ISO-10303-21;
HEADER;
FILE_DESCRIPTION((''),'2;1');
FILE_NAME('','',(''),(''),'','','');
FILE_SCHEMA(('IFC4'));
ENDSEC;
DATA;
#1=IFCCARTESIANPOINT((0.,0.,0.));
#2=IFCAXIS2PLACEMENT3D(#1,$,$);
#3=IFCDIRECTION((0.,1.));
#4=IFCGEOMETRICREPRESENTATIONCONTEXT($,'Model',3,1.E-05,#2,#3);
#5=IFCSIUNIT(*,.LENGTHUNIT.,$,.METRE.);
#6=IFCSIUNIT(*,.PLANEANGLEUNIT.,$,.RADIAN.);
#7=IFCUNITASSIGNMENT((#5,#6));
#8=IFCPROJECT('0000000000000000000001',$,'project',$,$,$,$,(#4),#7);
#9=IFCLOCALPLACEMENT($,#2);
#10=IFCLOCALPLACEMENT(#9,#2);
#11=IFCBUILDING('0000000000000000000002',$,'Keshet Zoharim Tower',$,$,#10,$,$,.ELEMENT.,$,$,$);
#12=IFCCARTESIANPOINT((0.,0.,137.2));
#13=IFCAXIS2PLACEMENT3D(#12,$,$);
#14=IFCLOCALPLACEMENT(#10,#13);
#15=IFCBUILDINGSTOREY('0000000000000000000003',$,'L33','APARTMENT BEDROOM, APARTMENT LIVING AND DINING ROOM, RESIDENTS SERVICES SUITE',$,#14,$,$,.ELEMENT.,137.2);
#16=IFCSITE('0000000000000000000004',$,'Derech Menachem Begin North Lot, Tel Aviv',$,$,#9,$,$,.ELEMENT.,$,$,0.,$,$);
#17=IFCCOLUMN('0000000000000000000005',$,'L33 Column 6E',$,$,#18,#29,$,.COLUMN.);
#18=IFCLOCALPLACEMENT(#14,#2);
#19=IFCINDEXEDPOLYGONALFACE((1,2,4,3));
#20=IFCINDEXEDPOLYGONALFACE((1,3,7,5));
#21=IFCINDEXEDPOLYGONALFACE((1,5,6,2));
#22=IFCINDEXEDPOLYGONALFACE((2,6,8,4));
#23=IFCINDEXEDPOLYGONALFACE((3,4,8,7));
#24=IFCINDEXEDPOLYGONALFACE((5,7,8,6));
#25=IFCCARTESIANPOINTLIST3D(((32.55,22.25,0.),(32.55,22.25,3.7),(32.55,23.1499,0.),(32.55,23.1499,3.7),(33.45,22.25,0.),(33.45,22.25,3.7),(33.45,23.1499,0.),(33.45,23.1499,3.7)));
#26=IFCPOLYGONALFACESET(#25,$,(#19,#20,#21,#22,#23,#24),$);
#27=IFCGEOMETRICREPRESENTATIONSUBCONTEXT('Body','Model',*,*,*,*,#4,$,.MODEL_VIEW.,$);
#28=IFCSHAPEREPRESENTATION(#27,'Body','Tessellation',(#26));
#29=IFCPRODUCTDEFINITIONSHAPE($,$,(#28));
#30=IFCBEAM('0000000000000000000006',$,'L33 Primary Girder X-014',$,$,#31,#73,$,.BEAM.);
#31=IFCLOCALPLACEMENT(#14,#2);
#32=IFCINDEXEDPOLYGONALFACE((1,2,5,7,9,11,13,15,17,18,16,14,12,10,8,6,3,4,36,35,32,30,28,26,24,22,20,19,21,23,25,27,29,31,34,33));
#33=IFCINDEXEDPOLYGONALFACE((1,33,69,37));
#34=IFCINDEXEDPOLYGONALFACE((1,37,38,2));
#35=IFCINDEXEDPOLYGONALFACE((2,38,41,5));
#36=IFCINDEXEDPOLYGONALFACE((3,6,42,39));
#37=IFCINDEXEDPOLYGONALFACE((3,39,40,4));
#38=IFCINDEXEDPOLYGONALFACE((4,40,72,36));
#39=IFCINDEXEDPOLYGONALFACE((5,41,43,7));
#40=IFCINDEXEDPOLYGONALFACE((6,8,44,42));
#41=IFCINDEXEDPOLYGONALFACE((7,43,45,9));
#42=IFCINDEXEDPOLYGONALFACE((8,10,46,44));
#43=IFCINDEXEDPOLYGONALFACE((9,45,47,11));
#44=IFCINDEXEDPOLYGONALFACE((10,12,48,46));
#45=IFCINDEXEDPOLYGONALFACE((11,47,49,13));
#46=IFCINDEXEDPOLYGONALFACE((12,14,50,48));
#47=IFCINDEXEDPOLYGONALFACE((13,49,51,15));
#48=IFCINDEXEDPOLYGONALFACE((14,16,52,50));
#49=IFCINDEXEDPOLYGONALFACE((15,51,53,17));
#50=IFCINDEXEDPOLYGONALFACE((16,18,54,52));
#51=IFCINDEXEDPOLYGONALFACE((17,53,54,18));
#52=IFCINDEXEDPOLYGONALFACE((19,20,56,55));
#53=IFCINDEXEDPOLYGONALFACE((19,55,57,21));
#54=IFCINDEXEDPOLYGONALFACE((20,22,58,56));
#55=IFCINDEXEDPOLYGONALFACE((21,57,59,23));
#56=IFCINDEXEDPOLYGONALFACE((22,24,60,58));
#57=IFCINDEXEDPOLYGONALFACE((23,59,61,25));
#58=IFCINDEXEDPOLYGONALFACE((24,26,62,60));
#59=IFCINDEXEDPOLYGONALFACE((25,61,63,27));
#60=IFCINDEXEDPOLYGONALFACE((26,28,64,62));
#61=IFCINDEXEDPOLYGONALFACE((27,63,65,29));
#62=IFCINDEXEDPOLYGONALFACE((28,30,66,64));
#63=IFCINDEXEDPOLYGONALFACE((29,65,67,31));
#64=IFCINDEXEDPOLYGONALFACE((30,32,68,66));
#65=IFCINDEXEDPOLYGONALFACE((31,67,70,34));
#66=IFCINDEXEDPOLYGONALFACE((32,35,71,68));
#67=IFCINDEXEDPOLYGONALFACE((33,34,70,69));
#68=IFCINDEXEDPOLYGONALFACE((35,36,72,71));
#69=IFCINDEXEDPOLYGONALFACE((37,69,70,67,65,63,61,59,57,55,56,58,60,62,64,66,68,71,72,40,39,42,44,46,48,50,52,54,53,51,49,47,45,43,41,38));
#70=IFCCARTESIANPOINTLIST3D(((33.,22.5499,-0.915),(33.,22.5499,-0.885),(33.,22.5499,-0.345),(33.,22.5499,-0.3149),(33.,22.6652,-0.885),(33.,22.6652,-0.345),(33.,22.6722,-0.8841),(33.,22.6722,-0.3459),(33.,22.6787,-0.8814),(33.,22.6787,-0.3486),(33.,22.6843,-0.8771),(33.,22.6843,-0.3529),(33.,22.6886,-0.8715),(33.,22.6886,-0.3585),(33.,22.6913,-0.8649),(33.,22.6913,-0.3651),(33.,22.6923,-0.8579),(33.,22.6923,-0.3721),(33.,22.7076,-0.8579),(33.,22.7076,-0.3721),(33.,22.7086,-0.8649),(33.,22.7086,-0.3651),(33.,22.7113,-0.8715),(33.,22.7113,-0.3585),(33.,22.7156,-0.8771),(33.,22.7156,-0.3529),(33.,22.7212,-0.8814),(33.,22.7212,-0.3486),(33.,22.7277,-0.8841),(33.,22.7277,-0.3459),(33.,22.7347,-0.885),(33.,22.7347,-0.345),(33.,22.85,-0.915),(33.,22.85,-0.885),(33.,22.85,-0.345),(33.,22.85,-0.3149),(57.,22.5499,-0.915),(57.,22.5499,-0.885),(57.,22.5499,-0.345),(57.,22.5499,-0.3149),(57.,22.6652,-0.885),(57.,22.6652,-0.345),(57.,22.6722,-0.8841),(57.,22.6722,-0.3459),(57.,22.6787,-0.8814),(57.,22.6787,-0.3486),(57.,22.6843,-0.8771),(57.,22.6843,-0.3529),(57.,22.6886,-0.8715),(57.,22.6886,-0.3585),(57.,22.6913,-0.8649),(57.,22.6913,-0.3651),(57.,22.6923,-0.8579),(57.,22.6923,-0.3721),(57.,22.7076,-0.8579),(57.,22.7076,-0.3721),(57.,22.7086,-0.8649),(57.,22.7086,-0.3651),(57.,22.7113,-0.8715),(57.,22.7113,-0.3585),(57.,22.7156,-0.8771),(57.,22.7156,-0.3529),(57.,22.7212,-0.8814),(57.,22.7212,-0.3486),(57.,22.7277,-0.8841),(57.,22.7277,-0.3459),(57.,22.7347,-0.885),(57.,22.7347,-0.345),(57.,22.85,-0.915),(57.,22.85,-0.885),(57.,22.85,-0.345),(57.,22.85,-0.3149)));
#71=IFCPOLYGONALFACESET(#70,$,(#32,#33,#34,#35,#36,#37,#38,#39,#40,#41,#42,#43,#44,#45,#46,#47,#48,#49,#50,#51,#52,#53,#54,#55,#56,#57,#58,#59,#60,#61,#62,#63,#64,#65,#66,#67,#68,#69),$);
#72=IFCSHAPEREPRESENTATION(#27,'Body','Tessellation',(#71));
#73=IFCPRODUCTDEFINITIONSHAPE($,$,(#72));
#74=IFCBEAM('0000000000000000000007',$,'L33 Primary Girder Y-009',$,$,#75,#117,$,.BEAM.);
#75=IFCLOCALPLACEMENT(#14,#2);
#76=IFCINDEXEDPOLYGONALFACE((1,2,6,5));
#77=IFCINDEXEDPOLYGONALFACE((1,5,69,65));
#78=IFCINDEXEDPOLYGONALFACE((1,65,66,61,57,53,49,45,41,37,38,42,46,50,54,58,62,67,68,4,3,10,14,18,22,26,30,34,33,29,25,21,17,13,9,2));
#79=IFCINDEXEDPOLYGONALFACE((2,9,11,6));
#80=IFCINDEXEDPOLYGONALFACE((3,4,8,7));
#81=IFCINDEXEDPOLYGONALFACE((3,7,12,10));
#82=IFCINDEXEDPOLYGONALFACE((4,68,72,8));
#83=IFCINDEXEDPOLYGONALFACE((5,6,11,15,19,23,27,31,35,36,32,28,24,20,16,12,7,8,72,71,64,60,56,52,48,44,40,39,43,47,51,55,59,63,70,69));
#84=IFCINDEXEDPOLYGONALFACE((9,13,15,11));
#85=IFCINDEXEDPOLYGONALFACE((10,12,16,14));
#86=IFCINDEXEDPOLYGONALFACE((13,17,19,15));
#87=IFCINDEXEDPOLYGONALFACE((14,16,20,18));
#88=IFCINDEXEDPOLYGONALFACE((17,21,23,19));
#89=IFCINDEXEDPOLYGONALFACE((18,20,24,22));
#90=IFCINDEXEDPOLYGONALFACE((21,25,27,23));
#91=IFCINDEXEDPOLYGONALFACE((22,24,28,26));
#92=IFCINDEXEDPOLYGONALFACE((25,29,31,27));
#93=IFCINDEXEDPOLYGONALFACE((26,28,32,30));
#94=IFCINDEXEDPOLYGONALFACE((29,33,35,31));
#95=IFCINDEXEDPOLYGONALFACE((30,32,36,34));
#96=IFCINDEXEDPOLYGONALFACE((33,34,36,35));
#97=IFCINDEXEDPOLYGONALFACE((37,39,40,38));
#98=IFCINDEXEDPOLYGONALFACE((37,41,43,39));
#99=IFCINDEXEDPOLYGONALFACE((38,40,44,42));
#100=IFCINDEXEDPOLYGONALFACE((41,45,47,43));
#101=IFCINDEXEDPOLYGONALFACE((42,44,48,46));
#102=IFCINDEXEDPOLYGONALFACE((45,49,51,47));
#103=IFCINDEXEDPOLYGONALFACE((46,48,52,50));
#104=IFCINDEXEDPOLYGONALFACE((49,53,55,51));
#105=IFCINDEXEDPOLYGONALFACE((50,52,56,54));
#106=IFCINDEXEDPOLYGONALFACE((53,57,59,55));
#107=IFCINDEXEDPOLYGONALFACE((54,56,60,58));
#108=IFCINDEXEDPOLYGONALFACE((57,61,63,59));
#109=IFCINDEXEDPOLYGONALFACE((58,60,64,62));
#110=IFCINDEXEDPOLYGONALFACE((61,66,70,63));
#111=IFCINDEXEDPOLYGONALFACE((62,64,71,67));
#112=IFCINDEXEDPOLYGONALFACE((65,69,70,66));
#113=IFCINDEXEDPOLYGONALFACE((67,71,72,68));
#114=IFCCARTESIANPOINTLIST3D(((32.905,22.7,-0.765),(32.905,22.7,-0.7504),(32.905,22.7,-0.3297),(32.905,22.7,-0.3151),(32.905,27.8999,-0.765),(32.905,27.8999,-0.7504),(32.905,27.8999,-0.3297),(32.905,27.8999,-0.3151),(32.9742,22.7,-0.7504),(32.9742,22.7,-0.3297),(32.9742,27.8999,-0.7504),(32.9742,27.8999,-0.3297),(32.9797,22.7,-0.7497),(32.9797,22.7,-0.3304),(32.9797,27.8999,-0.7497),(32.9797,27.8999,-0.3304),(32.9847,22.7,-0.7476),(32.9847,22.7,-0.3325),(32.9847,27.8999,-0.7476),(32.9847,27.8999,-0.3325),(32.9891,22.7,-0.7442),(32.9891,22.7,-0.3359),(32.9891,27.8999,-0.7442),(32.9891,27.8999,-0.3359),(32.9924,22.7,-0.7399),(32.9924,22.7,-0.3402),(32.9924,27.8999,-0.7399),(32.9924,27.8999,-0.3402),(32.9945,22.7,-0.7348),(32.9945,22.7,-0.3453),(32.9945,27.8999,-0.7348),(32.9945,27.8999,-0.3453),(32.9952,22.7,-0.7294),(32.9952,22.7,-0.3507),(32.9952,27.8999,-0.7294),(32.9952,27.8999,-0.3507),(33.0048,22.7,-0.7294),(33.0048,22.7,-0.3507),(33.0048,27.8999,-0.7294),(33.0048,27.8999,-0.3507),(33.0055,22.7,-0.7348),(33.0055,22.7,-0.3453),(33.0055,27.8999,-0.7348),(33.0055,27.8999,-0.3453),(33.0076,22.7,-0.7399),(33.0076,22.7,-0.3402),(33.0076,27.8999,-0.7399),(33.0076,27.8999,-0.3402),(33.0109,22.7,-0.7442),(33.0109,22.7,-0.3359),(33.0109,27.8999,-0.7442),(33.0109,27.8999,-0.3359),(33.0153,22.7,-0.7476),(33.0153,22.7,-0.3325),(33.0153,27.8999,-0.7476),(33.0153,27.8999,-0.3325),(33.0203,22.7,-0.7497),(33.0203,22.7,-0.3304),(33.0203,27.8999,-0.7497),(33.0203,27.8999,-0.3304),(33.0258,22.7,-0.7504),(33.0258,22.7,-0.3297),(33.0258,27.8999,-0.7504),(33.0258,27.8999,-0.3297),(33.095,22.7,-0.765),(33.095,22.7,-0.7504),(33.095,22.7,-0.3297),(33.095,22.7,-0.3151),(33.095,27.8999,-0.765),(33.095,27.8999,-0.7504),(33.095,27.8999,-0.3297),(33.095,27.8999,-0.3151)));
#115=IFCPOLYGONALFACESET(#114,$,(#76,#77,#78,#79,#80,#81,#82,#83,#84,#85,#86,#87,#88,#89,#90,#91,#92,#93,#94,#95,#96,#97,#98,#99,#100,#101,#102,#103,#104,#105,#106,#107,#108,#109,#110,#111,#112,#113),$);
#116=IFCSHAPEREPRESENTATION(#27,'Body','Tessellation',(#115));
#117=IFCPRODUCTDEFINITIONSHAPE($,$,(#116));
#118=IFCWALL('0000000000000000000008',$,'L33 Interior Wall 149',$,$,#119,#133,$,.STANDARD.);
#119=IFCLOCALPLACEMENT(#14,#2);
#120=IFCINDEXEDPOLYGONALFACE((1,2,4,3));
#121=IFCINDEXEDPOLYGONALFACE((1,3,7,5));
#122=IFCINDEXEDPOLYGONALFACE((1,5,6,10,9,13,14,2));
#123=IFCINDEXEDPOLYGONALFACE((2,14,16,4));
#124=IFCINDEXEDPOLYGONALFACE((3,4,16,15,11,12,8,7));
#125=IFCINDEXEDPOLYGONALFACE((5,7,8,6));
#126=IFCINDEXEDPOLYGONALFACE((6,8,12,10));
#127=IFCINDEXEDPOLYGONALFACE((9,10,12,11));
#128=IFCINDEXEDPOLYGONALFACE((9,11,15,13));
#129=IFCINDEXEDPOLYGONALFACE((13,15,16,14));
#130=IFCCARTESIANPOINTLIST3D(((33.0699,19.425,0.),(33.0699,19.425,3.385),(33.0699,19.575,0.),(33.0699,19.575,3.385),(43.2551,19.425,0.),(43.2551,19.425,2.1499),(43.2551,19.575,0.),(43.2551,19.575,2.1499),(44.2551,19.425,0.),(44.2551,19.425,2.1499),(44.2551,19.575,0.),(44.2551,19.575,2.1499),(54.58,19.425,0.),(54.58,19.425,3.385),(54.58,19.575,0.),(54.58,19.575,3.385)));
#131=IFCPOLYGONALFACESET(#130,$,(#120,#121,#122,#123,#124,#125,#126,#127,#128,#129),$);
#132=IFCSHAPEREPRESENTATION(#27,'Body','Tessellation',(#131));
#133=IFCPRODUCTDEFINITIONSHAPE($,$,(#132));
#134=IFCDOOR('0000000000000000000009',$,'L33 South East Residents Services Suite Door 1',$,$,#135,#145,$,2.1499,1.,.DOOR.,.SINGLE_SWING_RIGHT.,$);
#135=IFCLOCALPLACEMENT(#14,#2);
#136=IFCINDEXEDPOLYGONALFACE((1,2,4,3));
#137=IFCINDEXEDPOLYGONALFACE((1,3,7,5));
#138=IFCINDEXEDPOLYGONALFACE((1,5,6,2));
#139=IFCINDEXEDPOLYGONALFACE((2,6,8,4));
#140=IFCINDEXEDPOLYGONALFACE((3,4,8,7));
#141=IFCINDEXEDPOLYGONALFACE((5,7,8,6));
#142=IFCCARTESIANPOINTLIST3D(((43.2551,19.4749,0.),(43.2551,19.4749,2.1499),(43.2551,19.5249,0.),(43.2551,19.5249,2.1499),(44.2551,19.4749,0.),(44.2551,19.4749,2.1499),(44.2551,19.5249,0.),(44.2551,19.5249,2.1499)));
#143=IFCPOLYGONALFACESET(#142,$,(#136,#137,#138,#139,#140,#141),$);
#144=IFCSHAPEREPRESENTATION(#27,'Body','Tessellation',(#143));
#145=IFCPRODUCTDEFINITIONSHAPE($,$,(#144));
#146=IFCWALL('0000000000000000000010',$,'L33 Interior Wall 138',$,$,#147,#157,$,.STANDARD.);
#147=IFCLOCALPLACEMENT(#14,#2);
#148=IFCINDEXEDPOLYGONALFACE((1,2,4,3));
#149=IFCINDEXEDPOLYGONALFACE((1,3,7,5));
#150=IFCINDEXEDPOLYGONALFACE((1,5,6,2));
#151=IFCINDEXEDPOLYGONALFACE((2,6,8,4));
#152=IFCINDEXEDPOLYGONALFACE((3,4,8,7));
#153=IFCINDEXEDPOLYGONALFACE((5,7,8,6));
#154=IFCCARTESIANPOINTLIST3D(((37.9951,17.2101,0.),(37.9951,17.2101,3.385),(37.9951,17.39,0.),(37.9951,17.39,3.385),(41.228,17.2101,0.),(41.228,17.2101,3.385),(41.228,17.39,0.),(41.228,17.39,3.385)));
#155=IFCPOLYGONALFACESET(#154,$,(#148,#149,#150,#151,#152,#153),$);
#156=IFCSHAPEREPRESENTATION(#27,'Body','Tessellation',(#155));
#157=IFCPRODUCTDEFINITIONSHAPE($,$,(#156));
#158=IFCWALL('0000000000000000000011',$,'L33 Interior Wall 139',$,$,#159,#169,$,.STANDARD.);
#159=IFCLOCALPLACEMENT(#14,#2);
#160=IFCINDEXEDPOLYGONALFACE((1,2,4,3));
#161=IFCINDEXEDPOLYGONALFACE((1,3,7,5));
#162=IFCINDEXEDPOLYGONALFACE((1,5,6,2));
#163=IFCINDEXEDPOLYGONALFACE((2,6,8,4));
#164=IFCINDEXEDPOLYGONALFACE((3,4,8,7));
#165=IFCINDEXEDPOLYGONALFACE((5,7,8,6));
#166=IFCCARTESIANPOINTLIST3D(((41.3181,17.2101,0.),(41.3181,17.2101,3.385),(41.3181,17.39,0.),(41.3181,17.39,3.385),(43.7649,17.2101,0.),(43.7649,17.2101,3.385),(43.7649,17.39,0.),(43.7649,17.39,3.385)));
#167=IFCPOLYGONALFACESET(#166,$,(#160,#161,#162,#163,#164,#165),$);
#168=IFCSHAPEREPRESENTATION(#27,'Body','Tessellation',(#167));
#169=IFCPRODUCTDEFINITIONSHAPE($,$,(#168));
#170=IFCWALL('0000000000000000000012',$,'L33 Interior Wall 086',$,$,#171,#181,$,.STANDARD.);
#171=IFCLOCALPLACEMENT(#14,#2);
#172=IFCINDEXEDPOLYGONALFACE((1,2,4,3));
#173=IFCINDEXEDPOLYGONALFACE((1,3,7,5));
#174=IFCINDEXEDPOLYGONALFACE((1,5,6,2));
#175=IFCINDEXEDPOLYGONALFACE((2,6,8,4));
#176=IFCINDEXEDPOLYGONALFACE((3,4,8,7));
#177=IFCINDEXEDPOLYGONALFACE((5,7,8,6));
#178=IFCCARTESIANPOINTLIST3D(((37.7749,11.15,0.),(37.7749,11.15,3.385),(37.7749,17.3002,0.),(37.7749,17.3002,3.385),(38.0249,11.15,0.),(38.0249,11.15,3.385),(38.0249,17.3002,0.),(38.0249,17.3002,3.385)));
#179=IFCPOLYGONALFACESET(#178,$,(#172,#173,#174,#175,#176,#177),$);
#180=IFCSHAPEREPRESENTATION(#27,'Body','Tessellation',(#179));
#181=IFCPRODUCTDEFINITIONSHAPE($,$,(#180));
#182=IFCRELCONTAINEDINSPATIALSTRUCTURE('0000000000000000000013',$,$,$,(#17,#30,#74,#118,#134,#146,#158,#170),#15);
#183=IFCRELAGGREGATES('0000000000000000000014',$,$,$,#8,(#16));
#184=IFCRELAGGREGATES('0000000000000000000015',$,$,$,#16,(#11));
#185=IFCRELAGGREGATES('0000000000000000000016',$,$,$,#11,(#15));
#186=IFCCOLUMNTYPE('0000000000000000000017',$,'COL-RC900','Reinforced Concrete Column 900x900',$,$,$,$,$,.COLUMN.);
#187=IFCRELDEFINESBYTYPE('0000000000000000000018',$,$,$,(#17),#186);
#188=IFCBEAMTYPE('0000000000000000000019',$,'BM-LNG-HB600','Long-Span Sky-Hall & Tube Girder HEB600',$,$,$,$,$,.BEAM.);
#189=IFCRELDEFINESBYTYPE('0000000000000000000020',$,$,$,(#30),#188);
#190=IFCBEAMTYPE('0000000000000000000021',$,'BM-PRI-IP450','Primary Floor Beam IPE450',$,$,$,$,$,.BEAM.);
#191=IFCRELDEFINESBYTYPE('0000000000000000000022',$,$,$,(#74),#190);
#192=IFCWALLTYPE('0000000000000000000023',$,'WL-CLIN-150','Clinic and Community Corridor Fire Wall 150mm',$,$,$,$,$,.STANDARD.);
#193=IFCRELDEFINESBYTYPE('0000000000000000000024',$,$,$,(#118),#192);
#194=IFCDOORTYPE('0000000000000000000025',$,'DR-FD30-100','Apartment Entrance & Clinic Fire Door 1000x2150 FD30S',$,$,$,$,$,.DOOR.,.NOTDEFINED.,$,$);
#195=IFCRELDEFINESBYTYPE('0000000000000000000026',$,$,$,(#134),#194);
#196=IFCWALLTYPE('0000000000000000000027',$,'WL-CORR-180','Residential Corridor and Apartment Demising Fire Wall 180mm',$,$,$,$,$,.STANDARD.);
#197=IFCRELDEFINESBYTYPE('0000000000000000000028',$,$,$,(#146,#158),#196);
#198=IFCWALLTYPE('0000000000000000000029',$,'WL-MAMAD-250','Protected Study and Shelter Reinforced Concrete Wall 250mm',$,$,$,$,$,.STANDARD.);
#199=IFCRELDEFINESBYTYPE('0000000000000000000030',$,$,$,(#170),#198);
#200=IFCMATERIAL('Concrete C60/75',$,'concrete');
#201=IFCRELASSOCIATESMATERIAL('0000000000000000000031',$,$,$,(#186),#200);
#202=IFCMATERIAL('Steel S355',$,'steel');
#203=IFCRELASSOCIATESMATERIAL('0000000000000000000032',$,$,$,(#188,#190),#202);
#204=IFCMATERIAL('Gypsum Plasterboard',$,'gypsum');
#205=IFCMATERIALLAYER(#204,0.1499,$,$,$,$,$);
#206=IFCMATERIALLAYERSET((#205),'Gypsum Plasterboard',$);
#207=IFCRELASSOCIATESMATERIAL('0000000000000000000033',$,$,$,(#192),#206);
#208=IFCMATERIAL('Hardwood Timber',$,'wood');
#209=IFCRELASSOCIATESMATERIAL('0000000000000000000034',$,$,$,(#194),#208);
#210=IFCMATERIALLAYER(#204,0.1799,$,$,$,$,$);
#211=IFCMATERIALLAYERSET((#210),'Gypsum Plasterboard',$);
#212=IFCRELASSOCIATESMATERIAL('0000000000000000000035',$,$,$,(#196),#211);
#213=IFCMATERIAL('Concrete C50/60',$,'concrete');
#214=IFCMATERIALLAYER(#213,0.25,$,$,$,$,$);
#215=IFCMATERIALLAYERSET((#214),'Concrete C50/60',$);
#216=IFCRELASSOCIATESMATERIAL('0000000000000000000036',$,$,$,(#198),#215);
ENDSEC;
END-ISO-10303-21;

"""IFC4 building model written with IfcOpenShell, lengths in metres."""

from ifc_helpers import new_model, si_unit, direction, frame, frame_2d, origin, origin_2d, place, context, subcontext, project, spatial, rectangle, i_section, extrude, material, layer, layer_set, material_profile, profile_set, type_object, element, fill, save


model = new_model("IFC4")

# Units and contexts
model_context = context("Model", 3, precision=1e-05, world=origin(), true_north=direction((0.0, 1.0)))
body_context = subcontext(model_context, "Body", "Model", "MODEL_VIEW")
ifc_project = project(units=[si_unit("LENGTHUNIT", "METRE"), si_unit("PLANEANGLEUNIT", "RADIAN")], contexts=[model_context])

# Site, building, storey
site_placement = place(None, origin())
site = spatial("IfcSite", under=ifc_project, at=site_placement, Name="Derech Menachem Begin North Lot, Tel Aviv", CompositionType="ELEMENT", RefElevation=0.0)
building_placement = place(site_placement, origin())
building = spatial("IfcBuilding", under=site, at=building_placement, Name="Keshet Zoharim Tower", CompositionType="ELEMENT")
storey_placement = place(building_placement, frame((0.0, 0.0, 137.2)))
storey = spatial("IfcBuildingStorey", under=building, at=storey_placement, Name="L33", Description="APARTMENT BEDROOM, APARTMENT LIVING AND DINING ROOM, RESIDENTS SERVICES SUITE", CompositionType="ELEMENT", Elevation=137.2)

# Column
ifc_material_1 = material(Name="Concrete C60/75", Category="concrete")
ifc_material_profile_1 = material_profile(ifc_material_1, rectangle(XDim=0.8999, YDim=0.8999, at=origin_2d()), Name="RC900x900")
ifc_profile_set_1 = profile_set([ifc_material_profile_1], Name="Concrete C60/75")
column_type = type_object("IfcColumnType", Name="COL-RC900", Description="Reinforced Concrete Column 900x900", PredefinedType="COLUMN", material=ifc_profile_set_1)
column_placement = place(storey_placement, frame((33.0, 22.7, 0.0), z_axis=(0.0, 0.0, 1.0), x_axis=(1.0, 0.0, 0.0)))
element("IfcColumn", 1, at=column_placement, inside=storey, type_object=column_type, Name="L33 Column 6E", PredefinedType="COLUMN", context=body_context, shape_type="SweptSolid", body=[
    extrude(rectangle(XDim=0.8999, YDim=0.8999, at=origin_2d()), origin(), (0.0, 0.0, 1.0), 3.7),
])

# Beams
ifc_material_2 = material(Name="Steel S355", Category="steel")
ifc_material_profile_2 = material_profile(ifc_material_2, i_section(OverallWidth=0.3, OverallDepth=0.6001, WebThickness=0.0154, FlangeThickness=0.03, FilletRadius=0.0271, at=origin_2d()), Name="HEB600")
ifc_profile_set_2 = profile_set([ifc_material_profile_2], Name="Steel S355")
beam_type_1 = type_object("IfcBeamType", Name="BM-LNG-HB600", Description="Long-Span Sky-Hall & Tube Girder HEB600", PredefinedType="BEAM", material=ifc_profile_set_2)
beam_1_placement = place(storey_placement, frame((33.0, 22.7, -0.615), z_axis=(1.0, 0.0, 0.0), x_axis=(0.0, 1.0, 0.0)))
element("IfcBeam", 2, at=beam_1_placement, inside=storey, type_object=beam_type_1, Name="L33 Primary Girder X-014", PredefinedType="BEAM", context=body_context, shape_type="SweptSolid", body=[
    extrude(i_section(OverallWidth=0.3, OverallDepth=0.6001, WebThickness=0.0154, FlangeThickness=0.03, FilletRadius=0.0271, at=origin_2d()), origin(), (0.0, 0.0, 1.0), 24.0),
])
ifc_material_profile_3 = material_profile(ifc_material_2, i_section(OverallWidth=0.1899, OverallDepth=0.45, WebThickness=0.0095, FlangeThickness=0.0146, FilletRadius=0.021, at=origin_2d()), Name="IPE450")
ifc_profile_set_3 = profile_set([ifc_material_profile_3], Name="Steel S355")
beam_type_2 = type_object("IfcBeamType", Name="BM-PRI-IP450", Description="Primary Floor Beam IPE450", PredefinedType="BEAM", material=ifc_profile_set_3)
beam_2_placement = place(storey_placement, frame((33.0, 22.7, -0.54), z_axis=(0.0, 1.0, 0.0), x_axis=(-1.0, 0.0, 0.0)))
element("IfcBeam", 3, at=beam_2_placement, inside=storey, type_object=beam_type_2, Name="L33 Primary Girder Y-009", PredefinedType="BEAM", context=body_context, shape_type="SweptSolid", body=[
    extrude(i_section(OverallWidth=0.1899, OverallDepth=0.45, WebThickness=0.0095, FlangeThickness=0.0146, FilletRadius=0.021, at=origin_2d()), origin(), (0.0, 0.0, 1.0), 5.2),
])

# Wall, opening, door
ifc_material_3 = material(Name="Gypsum Plasterboard", Category="gypsum")
ifc_layer_1 = layer(ifc_material_3, 0.1499)
ifc_layer_set_1 = layer_set([ifc_layer_1], Name="Gypsum Plasterboard")
wall_type_1 = type_object("IfcWallType", Name="WL-CLIN-150", Description="Clinic and Community Corridor Fire Wall 150mm", PredefinedType="STANDARD", material=ifc_layer_set_1)
wall_1_placement = place(storey_placement, frame((33.0701, 19.5, 0.0), z_axis=(0.0, 0.0, 1.0), x_axis=(1.0, 0.0, 0.0)))
wall_1 = element("IfcWall", 4, at=wall_1_placement, inside=storey, type_object=wall_type_1, Name="L33 Interior Wall 149", PredefinedType="STANDARD", context=body_context, shape_type="SweptSolid", body=[
    extrude(rectangle(XDim=21.51, YDim=0.1499, at=frame_2d((10.7549, 0.0))), origin(), (0.0, 0.0, 1.0), 3.385),
])
opening_1_placement = place(wall_1_placement, frame((10.1851, 0.0, 0.0)))
opening_1 = element("IfcOpeningElement", 5, at=opening_1_placement, cuts=wall_1, PredefinedType="OPENING", context=body_context, shape_type="SweptSolid", body=[
    extrude(rectangle(XDim=1.0, YDim=2.1499, at=frame_2d((0.5, 1.075))), frame((0.0, 0.085, 0.0), z_axis=(0.0, -1.0, 0.0), x_axis=(1.0, 0.0, 0.0)), (0.0, 0.0, 1.0), 0.1699),
])
ifc_material_4 = material(Name="Hardwood Timber", Category="wood")
door_type_1 = type_object("IfcDoorType", Name="DR-FD30-100", Description="Apartment Entrance & Clinic Fire Door 1000x2150 FD30S", OperationType="NOTDEFINED", PredefinedType="DOOR", material=ifc_material_4)
door_1_placement = place(opening_1_placement, origin())
door_1 = element("IfcDoor", 6, at=door_1_placement, inside=storey, type_object=door_type_1, Name="L33 South East Residents Services Suite Door 1", OperationType="SINGLE_SWING_RIGHT", OverallHeight=2.1499, OverallWidth=1.0, PredefinedType="DOOR", context=body_context, shape_type="SweptSolid", body=[
    extrude(rectangle(XDim=1.0, YDim=2.1499, at=frame_2d((0.5, 1.075))), frame((0.0, 0.0249, 0.0), z_axis=(0.0, -1.0, 0.0), x_axis=(1.0, 0.0, 0.0)), (0.0, 0.0, 1.0), 0.05),
])
fill(opening_1, door_1)

# Walls
ifc_layer_2 = layer(ifc_material_3, 0.1799)
ifc_layer_set_2 = layer_set([ifc_layer_2], Name="Gypsum Plasterboard")
wall_type_2 = type_object("IfcWallType", Name="WL-CORR-180", Description="Residential Corridor and Apartment Demising Fire Wall 180mm", PredefinedType="STANDARD", material=ifc_layer_set_2)
wall_2_placement = place(storey_placement, frame((37.9951, 17.3, 0.0), z_axis=(0.0, 0.0, 1.0), x_axis=(1.0, 0.0, 0.0)))
element("IfcWall", 7, at=wall_2_placement, inside=storey, type_object=wall_type_2, Name="L33 Interior Wall 138", PredefinedType="STANDARD", context=body_context, shape_type="SweptSolid", body=[
    extrude(rectangle(XDim=3.2329, YDim=0.1799, at=frame_2d((1.6165, 0.0))), origin(), (0.0, 0.0, 1.0), 3.385),
])
wall_3_placement = place(storey_placement, frame((41.3181, 17.3, 0.0), z_axis=(0.0, 0.0, 1.0), x_axis=(1.0, 0.0, 0.0)))
element("IfcWall", 8, at=wall_3_placement, inside=storey, type_object=wall_type_2, Name="L33 Interior Wall 139", PredefinedType="STANDARD", context=body_context, shape_type="SweptSolid", body=[
    extrude(rectangle(XDim=2.4468, YDim=0.1799, at=frame_2d((1.2234, 0.0))), origin(), (0.0, 0.0, 1.0), 3.385),
])

# Wall
ifc_material_5 = material(Name="Concrete C50/60", Category="concrete")
ifc_layer_3 = layer(ifc_material_5, 0.25)
ifc_layer_set_3 = layer_set([ifc_layer_3], Name="Concrete C50/60")
wall_type_3 = type_object("IfcWallType", Name="WL-MAMAD-250", Description="Protected Study and Shelter Reinforced Concrete Wall 250mm", PredefinedType="STANDARD", material=ifc_layer_set_3)
wall_4_placement = place(storey_placement, frame((37.8999, 11.1499, 0.0), z_axis=(0.0, 0.0, 1.0), x_axis=(0.0, 1.0, 0.0)))
element("IfcWall", 9, at=wall_4_placement, inside=storey, type_object=wall_type_3, Name="L33 Interior Wall 086", PredefinedType="STANDARD", context=body_context, shape_type="SweptSolid", body=[
    extrude(rectangle(XDim=6.1501, YDim=0.25, at=frame_2d((3.0752, 0.0))), origin(), (0.0, 0.0, 1.0), 3.385),
])

save(model, "model.ifc")
